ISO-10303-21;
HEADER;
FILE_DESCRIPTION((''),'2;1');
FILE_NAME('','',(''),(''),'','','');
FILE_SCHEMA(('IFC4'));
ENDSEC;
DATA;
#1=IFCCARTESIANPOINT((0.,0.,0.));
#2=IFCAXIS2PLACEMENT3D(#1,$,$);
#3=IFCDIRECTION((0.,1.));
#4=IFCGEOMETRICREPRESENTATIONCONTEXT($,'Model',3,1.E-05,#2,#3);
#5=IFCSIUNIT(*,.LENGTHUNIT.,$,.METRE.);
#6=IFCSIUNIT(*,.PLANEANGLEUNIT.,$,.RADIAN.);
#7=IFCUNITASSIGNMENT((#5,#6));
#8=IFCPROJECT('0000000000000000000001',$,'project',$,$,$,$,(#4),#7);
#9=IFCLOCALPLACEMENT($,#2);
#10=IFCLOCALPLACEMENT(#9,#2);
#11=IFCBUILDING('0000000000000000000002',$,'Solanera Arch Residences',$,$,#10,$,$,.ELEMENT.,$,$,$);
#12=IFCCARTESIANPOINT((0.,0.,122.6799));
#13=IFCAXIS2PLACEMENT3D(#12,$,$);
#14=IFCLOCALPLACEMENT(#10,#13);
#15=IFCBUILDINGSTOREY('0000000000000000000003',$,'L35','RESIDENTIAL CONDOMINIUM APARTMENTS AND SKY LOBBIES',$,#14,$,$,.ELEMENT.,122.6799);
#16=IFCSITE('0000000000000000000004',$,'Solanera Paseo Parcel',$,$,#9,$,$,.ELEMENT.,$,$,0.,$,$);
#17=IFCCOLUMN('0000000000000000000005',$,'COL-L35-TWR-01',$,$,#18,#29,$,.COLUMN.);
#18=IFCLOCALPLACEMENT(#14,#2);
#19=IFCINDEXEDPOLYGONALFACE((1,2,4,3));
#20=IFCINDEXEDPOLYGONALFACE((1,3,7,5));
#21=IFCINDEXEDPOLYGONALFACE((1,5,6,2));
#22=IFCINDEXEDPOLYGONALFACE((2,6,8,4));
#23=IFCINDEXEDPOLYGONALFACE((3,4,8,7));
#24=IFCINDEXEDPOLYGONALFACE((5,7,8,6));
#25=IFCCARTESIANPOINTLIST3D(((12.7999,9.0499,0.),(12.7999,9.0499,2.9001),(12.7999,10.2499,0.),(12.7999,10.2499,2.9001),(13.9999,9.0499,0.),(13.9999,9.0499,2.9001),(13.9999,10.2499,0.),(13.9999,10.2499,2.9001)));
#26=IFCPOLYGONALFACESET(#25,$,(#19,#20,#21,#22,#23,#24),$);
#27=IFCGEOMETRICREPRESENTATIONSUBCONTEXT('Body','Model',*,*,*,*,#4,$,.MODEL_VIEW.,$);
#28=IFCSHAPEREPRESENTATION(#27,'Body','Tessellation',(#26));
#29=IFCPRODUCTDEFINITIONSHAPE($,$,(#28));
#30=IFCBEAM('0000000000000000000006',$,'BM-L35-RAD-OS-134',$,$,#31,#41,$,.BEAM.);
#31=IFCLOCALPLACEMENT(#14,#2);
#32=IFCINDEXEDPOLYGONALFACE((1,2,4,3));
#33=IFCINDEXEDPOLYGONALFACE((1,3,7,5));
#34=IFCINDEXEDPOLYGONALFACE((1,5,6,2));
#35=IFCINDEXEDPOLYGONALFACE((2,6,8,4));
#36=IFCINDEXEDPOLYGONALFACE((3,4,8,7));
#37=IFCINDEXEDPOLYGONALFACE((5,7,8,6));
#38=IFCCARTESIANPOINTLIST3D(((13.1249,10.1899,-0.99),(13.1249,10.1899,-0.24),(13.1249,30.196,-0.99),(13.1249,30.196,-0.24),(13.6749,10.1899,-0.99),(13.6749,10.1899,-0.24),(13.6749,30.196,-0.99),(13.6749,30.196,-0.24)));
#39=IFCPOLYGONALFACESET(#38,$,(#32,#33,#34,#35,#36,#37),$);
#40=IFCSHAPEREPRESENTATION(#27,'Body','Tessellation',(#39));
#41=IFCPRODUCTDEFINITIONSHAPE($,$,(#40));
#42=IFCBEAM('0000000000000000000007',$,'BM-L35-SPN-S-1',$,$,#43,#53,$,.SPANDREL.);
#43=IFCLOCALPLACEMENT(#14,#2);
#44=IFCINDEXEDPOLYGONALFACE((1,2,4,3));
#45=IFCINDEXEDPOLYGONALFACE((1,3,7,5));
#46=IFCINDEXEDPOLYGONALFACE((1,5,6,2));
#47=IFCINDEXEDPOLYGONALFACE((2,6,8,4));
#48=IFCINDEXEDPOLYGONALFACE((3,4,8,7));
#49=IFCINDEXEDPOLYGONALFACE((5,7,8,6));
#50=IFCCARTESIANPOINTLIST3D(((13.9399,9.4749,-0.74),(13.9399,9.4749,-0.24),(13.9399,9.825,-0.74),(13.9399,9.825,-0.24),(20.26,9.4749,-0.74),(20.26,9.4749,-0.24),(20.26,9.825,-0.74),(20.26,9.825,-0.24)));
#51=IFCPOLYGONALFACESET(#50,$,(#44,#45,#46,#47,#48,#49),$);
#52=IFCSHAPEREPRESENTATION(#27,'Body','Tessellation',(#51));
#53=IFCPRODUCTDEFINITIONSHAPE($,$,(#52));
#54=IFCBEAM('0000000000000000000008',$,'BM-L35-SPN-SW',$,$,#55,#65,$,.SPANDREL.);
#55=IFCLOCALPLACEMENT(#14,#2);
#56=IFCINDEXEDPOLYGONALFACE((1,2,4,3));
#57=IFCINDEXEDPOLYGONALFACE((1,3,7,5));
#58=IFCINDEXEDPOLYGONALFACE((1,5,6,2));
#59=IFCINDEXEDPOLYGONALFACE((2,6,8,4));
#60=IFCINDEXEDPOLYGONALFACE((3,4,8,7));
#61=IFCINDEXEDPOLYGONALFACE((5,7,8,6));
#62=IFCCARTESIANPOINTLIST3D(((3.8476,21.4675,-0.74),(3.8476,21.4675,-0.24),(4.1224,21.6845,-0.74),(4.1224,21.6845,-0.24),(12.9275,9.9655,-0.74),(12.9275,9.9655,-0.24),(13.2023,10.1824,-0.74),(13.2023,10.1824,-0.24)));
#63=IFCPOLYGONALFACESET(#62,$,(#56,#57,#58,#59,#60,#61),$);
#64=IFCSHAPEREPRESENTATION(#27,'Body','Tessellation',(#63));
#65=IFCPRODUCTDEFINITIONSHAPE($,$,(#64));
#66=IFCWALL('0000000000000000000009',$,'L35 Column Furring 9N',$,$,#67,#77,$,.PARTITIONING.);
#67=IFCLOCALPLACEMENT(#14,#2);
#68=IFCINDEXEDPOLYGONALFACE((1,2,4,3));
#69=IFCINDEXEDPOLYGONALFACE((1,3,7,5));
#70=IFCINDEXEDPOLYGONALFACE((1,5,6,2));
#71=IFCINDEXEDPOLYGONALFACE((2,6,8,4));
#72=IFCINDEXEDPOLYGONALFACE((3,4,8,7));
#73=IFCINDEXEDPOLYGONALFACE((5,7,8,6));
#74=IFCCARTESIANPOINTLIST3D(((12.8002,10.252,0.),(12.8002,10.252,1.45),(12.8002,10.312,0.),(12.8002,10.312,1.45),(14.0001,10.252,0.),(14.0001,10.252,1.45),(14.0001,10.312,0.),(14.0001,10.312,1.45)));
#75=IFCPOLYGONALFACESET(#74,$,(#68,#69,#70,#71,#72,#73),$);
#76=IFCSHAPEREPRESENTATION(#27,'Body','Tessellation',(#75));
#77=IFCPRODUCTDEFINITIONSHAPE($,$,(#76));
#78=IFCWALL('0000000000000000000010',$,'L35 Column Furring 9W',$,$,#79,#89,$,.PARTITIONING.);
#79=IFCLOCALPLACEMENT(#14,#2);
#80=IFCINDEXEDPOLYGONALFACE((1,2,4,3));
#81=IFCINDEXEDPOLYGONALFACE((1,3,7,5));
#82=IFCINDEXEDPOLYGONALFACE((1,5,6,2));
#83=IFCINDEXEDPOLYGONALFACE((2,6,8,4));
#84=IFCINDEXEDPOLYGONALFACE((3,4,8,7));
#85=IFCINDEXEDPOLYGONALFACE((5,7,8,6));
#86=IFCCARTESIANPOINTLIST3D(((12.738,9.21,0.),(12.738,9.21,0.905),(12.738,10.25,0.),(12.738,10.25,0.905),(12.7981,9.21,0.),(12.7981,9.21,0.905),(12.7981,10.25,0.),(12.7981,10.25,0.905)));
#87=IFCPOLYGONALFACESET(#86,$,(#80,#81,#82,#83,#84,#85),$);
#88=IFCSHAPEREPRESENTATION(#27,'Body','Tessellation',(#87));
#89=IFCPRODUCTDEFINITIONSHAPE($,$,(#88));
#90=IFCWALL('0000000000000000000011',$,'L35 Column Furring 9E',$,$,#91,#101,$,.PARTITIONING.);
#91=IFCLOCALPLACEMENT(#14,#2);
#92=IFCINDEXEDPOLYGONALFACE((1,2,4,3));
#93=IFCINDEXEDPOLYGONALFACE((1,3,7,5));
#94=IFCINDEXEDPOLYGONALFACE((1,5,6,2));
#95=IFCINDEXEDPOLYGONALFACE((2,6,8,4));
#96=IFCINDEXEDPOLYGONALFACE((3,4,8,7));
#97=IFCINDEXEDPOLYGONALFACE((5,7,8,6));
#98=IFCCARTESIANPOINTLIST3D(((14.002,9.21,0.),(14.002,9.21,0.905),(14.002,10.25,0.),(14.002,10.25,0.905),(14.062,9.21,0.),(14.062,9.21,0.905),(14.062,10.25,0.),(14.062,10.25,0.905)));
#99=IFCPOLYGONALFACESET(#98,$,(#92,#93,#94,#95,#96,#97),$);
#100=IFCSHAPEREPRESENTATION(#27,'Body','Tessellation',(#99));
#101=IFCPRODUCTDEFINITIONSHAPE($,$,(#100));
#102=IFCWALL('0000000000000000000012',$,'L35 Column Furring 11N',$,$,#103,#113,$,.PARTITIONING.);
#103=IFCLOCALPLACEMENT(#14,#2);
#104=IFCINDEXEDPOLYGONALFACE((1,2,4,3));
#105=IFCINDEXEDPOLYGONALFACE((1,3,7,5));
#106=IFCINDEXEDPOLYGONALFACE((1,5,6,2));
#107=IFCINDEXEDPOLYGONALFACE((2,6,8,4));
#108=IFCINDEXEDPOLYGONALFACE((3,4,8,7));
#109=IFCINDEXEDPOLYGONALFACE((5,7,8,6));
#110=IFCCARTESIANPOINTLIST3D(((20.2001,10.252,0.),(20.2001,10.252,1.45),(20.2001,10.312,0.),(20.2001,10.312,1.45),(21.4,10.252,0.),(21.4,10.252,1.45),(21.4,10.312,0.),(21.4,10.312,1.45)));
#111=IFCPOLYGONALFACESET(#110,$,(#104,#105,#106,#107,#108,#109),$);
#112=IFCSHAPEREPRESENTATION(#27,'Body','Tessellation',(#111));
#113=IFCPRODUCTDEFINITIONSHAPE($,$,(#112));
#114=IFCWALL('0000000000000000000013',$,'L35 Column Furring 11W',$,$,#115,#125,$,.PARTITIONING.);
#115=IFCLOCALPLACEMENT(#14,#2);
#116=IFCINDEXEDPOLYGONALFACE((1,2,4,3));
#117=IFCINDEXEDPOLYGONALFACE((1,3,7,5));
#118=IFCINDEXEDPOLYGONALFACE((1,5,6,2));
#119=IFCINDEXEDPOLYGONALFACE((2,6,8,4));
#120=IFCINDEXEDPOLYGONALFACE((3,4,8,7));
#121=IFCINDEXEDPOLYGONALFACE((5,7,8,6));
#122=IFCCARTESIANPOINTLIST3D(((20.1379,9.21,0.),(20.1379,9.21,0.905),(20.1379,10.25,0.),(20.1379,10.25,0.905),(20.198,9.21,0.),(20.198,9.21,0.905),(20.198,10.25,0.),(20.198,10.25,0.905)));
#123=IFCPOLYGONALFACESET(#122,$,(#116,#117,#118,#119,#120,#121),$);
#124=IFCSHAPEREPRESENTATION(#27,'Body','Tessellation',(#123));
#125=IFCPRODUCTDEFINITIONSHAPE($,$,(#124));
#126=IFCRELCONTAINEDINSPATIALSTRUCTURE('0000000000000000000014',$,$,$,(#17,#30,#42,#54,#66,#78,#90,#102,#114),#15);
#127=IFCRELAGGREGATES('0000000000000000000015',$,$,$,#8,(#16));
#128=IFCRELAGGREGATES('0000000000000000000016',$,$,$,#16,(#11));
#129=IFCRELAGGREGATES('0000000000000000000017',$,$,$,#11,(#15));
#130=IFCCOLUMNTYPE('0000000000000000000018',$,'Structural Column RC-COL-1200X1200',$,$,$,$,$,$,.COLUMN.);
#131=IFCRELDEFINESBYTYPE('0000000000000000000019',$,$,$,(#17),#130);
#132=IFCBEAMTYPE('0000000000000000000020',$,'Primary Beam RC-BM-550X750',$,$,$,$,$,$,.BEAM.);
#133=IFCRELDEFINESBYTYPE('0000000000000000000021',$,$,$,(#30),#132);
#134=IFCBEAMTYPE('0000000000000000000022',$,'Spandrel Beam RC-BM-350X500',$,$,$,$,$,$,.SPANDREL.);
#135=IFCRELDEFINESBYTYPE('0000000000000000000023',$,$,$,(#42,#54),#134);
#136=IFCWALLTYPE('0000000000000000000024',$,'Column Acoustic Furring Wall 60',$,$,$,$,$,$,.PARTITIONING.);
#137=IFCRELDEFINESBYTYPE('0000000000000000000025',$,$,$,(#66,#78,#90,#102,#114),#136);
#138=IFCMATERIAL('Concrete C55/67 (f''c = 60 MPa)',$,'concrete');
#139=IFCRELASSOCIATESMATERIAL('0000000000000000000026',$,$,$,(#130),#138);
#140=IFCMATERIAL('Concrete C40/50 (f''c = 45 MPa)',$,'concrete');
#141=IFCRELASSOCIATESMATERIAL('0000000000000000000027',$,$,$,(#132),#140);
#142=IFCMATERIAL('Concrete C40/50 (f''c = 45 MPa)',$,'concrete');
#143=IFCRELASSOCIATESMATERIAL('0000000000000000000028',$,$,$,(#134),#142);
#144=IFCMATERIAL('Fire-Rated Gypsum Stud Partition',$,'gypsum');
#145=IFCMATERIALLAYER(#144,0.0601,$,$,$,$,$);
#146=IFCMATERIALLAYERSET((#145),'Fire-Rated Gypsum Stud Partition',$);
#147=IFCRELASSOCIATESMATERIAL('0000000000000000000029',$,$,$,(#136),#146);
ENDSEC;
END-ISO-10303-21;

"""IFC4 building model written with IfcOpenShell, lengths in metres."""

from ifc_helpers import new_model, si_unit, direction, frame, frame_2d, origin, origin_2d, place, context, subcontext, project, spatial, rectangle, extrude, material, layer, layer_set, material_profile, profile_set, type_object, element, save


model = new_model("IFC4")

# Units and contexts
model_context = context("Model", 3, precision=1e-05, world=origin(), true_north=direction((0.0, 1.0)))
body_context = subcontext(model_context, "Body", "Model", "MODEL_VIEW")
ifc_project = project(units=[si_unit("LENGTHUNIT", "METRE"), si_unit("PLANEANGLEUNIT", "RADIAN")], contexts=[model_context])

# Site, building, storey
site_placement = place(None, origin())
site = spatial("IfcSite", under=ifc_project, at=site_placement, Name="Solanera Paseo Parcel", CompositionType="ELEMENT", RefElevation=0.0)
building_placement = place(site_placement, origin())
building = spatial("IfcBuilding", under=site, at=building_placement, Name="Solanera Arch Residences", CompositionType="ELEMENT")
storey_placement = place(building_placement, frame((0.0, 0.0, 122.6799)))
storey = spatial("IfcBuildingStorey", under=building, at=storey_placement, Name="L35", Description="RESIDENTIAL CONDOMINIUM APARTMENTS AND SKY LOBBIES", CompositionType="ELEMENT", Elevation=122.6799)

# Column
ifc_material_1 = material(Name="Concrete C55/67 (f'c = 60 MPa)", Category="concrete")
ifc_material_profile_1 = material_profile(ifc_material_1, rectangle(XDim=1.2, YDim=1.2, at=origin_2d()))
ifc_profile_set_1 = profile_set([ifc_material_profile_1], Name="Concrete C55/67 (f'c = 60 MPa)")
column_type = type_object("IfcColumnType", Name="Structural Column RC-COL-1200X1200", PredefinedType="COLUMN", material=ifc_profile_set_1)
column_placement = place(storey_placement, frame((13.3999, 9.6499, 0.0), z_axis=(0.0, 0.0, 1.0), x_axis=(1.0, 0.0, 0.0)))
element("IfcColumn", 1, at=column_placement, inside=storey, type_object=column_type, Name="COL-L35-TWR-01", PredefinedType="COLUMN", context=body_context, shape_type="SweptSolid", body=[
    extrude(rectangle(XDim=1.2, YDim=1.2, at=origin_2d()), origin(), (0.0, 0.0, 1.0), 2.9001),
])

# Beams
ifc_material_2 = material(Name="Concrete C40/50 (f'c = 45 MPa)", Category="concrete")
ifc_material_profile_2 = material_profile(ifc_material_2, rectangle(XDim=0.55, YDim=0.75, at=origin_2d()))
ifc_profile_set_2 = profile_set([ifc_material_profile_2], Name="Concrete C40/50 (f'c = 45 MPa)")
beam_type_1 = type_object("IfcBeamType", Name="Primary Beam RC-BM-550X750", PredefinedType="BEAM", material=ifc_profile_set_2)
beam_1_placement = place(storey_placement, frame((13.3999, 10.1899, -0.615), z_axis=(0.0, 1.0, 0.0), x_axis=(-1.0, 0.0, 0.0)))
element("IfcBeam", 2, at=beam_1_placement, inside=storey, type_object=beam_type_1, Name="BM-L35-RAD-OS-134", PredefinedType="BEAM", context=body_context, shape_type="SweptSolid", body=[
    extrude(rectangle(XDim=0.55, YDim=0.75, at=origin_2d()), origin(), (0.0, 0.0, 1.0), 20.0061),
])
ifc_material_3 = material(Name="Concrete C40/50 (f'c = 45 MPa)", Category="concrete")
ifc_material_profile_3 = material_profile(ifc_material_3, rectangle(XDim=0.3501, YDim=0.5, at=origin_2d()))
ifc_profile_set_3 = profile_set([ifc_material_profile_3], Name="Concrete C40/50 (f'c = 45 MPa)")
beam_type_2 = type_object("IfcBeamType", Name="Spandrel Beam RC-BM-350X500", PredefinedType="SPANDREL", material=ifc_profile_set_3)
beam_2_placement = place(storey_placement, frame((13.9399, 9.6499, -0.49), z_axis=(1.0, 0.0, 0.0), x_axis=(0.0, 1.0, 0.0)))
element("IfcBeam", 3, at=beam_2_placement, inside=storey, type_object=beam_type_2, Name="BM-L35-SPN-S-1", PredefinedType="SPANDREL", context=body_context, shape_type="SweptSolid", body=[
    extrude(rectangle(XDim=0.3501, YDim=0.5, at=origin_2d()), origin(), (0.0, 0.0, 1.0), 6.3201),
])
beam_3_placement = place(storey_placement, frame((13.0649, 10.074, -0.49), z_axis=(-0.619617, 0.784905, 0.0), x_axis=(-0.784905, -0.619617, 0.0)))
element("IfcBeam", 4, at=beam_3_placement, inside=storey, type_object=beam_type_2, Name="BM-L35-SPN-SW", PredefinedType="SPANDREL", context=body_context, shape_type="SweptSolid", body=[
    extrude(rectangle(XDim=0.3501, YDim=0.5, at=origin_2d()), origin(), (0.0, 0.0, 1.0), 14.6541),
])

# Walls
ifc_material_4 = material(Name="Fire-Rated Gypsum Stud Partition", Category="gypsum")
ifc_layer_1 = layer(ifc_material_4, 0.0601)
ifc_layer_set_1 = layer_set([ifc_layer_1], Name="Fire-Rated Gypsum Stud Partition")
wall_type_1 = type_object("IfcWallType", Name="Column Acoustic Furring Wall 60", PredefinedType="PARTITIONING", material=ifc_layer_set_1)
wall_1_placement = place(storey_placement, frame((12.8, 10.282, 0.0), z_axis=(0.0, 0.0, 1.0), x_axis=(1.0, 0.0, 0.0)))
element("IfcWall", 5, at=wall_1_placement, inside=storey, type_object=wall_type_1, Name="L35 Column Furring 9N", PredefinedType="PARTITIONING", context=body_context, shape_type="SweptSolid", body=[
    extrude(rectangle(XDim=1.2, YDim=0.0601, at=frame_2d((0.6001, 0.0))), origin(), (0.0, 0.0, 1.0), 1.45),
])
for number, where, z_axis, x_axis, name in (
    (6, (12.7681, 9.21, 0.0), (0.0, 0.0, 1.0), (0.0, 1.0, 0.0), "L35 Column Furring 9W"),
    (7, (14.032, 9.21, 0.0), (0.0, 0.0, 1.0), (0.0, 1.0, 0.0), "L35 Column Furring 9E"),
):
    element("IfcWall", number, at=place(storey_placement, frame(where, z_axis=z_axis, x_axis=x_axis)), inside=storey, type_object=wall_type_1, Name=name, PredefinedType="PARTITIONING", context=body_context, shape_type="SweptSolid", body=[
        extrude(rectangle(XDim=1.04, YDim=0.0601, at=frame_2d((0.52, 0.0))), origin(), (0.0, 0.0, 1.0), 0.905),
    ])
wall_2_placement = place(storey_placement, frame((20.2, 10.282, 0.0), z_axis=(0.0, 0.0, 1.0), x_axis=(1.0, 0.0, 0.0)))
element("IfcWall", 8, at=wall_2_placement, inside=storey, type_object=wall_type_1, Name="L35 Column Furring 11N", PredefinedType="PARTITIONING", context=body_context, shape_type="SweptSolid", body=[
    extrude(rectangle(XDim=1.2, YDim=0.0601, at=frame_2d((0.6001, 0.0))), origin(), (0.0, 0.0, 1.0), 1.45),
])
wall_3_placement = place(storey_placement, frame((20.168, 9.21, 0.0), z_axis=(0.0, 0.0, 1.0), x_axis=(0.0, 1.0, 0.0)))
element("IfcWall", 9, at=wall_3_placement, inside=storey, type_object=wall_type_1, Name="L35 Column Furring 11W", PredefinedType="PARTITIONING", context=body_context, shape_type="SweptSolid", body=[
    extrude(rectangle(XDim=1.04, YDim=0.0601, at=frame_2d((0.52, 0.0))), origin(), (0.0, 0.0, 1.0), 0.905),
])

save(model, "model.ifc")
